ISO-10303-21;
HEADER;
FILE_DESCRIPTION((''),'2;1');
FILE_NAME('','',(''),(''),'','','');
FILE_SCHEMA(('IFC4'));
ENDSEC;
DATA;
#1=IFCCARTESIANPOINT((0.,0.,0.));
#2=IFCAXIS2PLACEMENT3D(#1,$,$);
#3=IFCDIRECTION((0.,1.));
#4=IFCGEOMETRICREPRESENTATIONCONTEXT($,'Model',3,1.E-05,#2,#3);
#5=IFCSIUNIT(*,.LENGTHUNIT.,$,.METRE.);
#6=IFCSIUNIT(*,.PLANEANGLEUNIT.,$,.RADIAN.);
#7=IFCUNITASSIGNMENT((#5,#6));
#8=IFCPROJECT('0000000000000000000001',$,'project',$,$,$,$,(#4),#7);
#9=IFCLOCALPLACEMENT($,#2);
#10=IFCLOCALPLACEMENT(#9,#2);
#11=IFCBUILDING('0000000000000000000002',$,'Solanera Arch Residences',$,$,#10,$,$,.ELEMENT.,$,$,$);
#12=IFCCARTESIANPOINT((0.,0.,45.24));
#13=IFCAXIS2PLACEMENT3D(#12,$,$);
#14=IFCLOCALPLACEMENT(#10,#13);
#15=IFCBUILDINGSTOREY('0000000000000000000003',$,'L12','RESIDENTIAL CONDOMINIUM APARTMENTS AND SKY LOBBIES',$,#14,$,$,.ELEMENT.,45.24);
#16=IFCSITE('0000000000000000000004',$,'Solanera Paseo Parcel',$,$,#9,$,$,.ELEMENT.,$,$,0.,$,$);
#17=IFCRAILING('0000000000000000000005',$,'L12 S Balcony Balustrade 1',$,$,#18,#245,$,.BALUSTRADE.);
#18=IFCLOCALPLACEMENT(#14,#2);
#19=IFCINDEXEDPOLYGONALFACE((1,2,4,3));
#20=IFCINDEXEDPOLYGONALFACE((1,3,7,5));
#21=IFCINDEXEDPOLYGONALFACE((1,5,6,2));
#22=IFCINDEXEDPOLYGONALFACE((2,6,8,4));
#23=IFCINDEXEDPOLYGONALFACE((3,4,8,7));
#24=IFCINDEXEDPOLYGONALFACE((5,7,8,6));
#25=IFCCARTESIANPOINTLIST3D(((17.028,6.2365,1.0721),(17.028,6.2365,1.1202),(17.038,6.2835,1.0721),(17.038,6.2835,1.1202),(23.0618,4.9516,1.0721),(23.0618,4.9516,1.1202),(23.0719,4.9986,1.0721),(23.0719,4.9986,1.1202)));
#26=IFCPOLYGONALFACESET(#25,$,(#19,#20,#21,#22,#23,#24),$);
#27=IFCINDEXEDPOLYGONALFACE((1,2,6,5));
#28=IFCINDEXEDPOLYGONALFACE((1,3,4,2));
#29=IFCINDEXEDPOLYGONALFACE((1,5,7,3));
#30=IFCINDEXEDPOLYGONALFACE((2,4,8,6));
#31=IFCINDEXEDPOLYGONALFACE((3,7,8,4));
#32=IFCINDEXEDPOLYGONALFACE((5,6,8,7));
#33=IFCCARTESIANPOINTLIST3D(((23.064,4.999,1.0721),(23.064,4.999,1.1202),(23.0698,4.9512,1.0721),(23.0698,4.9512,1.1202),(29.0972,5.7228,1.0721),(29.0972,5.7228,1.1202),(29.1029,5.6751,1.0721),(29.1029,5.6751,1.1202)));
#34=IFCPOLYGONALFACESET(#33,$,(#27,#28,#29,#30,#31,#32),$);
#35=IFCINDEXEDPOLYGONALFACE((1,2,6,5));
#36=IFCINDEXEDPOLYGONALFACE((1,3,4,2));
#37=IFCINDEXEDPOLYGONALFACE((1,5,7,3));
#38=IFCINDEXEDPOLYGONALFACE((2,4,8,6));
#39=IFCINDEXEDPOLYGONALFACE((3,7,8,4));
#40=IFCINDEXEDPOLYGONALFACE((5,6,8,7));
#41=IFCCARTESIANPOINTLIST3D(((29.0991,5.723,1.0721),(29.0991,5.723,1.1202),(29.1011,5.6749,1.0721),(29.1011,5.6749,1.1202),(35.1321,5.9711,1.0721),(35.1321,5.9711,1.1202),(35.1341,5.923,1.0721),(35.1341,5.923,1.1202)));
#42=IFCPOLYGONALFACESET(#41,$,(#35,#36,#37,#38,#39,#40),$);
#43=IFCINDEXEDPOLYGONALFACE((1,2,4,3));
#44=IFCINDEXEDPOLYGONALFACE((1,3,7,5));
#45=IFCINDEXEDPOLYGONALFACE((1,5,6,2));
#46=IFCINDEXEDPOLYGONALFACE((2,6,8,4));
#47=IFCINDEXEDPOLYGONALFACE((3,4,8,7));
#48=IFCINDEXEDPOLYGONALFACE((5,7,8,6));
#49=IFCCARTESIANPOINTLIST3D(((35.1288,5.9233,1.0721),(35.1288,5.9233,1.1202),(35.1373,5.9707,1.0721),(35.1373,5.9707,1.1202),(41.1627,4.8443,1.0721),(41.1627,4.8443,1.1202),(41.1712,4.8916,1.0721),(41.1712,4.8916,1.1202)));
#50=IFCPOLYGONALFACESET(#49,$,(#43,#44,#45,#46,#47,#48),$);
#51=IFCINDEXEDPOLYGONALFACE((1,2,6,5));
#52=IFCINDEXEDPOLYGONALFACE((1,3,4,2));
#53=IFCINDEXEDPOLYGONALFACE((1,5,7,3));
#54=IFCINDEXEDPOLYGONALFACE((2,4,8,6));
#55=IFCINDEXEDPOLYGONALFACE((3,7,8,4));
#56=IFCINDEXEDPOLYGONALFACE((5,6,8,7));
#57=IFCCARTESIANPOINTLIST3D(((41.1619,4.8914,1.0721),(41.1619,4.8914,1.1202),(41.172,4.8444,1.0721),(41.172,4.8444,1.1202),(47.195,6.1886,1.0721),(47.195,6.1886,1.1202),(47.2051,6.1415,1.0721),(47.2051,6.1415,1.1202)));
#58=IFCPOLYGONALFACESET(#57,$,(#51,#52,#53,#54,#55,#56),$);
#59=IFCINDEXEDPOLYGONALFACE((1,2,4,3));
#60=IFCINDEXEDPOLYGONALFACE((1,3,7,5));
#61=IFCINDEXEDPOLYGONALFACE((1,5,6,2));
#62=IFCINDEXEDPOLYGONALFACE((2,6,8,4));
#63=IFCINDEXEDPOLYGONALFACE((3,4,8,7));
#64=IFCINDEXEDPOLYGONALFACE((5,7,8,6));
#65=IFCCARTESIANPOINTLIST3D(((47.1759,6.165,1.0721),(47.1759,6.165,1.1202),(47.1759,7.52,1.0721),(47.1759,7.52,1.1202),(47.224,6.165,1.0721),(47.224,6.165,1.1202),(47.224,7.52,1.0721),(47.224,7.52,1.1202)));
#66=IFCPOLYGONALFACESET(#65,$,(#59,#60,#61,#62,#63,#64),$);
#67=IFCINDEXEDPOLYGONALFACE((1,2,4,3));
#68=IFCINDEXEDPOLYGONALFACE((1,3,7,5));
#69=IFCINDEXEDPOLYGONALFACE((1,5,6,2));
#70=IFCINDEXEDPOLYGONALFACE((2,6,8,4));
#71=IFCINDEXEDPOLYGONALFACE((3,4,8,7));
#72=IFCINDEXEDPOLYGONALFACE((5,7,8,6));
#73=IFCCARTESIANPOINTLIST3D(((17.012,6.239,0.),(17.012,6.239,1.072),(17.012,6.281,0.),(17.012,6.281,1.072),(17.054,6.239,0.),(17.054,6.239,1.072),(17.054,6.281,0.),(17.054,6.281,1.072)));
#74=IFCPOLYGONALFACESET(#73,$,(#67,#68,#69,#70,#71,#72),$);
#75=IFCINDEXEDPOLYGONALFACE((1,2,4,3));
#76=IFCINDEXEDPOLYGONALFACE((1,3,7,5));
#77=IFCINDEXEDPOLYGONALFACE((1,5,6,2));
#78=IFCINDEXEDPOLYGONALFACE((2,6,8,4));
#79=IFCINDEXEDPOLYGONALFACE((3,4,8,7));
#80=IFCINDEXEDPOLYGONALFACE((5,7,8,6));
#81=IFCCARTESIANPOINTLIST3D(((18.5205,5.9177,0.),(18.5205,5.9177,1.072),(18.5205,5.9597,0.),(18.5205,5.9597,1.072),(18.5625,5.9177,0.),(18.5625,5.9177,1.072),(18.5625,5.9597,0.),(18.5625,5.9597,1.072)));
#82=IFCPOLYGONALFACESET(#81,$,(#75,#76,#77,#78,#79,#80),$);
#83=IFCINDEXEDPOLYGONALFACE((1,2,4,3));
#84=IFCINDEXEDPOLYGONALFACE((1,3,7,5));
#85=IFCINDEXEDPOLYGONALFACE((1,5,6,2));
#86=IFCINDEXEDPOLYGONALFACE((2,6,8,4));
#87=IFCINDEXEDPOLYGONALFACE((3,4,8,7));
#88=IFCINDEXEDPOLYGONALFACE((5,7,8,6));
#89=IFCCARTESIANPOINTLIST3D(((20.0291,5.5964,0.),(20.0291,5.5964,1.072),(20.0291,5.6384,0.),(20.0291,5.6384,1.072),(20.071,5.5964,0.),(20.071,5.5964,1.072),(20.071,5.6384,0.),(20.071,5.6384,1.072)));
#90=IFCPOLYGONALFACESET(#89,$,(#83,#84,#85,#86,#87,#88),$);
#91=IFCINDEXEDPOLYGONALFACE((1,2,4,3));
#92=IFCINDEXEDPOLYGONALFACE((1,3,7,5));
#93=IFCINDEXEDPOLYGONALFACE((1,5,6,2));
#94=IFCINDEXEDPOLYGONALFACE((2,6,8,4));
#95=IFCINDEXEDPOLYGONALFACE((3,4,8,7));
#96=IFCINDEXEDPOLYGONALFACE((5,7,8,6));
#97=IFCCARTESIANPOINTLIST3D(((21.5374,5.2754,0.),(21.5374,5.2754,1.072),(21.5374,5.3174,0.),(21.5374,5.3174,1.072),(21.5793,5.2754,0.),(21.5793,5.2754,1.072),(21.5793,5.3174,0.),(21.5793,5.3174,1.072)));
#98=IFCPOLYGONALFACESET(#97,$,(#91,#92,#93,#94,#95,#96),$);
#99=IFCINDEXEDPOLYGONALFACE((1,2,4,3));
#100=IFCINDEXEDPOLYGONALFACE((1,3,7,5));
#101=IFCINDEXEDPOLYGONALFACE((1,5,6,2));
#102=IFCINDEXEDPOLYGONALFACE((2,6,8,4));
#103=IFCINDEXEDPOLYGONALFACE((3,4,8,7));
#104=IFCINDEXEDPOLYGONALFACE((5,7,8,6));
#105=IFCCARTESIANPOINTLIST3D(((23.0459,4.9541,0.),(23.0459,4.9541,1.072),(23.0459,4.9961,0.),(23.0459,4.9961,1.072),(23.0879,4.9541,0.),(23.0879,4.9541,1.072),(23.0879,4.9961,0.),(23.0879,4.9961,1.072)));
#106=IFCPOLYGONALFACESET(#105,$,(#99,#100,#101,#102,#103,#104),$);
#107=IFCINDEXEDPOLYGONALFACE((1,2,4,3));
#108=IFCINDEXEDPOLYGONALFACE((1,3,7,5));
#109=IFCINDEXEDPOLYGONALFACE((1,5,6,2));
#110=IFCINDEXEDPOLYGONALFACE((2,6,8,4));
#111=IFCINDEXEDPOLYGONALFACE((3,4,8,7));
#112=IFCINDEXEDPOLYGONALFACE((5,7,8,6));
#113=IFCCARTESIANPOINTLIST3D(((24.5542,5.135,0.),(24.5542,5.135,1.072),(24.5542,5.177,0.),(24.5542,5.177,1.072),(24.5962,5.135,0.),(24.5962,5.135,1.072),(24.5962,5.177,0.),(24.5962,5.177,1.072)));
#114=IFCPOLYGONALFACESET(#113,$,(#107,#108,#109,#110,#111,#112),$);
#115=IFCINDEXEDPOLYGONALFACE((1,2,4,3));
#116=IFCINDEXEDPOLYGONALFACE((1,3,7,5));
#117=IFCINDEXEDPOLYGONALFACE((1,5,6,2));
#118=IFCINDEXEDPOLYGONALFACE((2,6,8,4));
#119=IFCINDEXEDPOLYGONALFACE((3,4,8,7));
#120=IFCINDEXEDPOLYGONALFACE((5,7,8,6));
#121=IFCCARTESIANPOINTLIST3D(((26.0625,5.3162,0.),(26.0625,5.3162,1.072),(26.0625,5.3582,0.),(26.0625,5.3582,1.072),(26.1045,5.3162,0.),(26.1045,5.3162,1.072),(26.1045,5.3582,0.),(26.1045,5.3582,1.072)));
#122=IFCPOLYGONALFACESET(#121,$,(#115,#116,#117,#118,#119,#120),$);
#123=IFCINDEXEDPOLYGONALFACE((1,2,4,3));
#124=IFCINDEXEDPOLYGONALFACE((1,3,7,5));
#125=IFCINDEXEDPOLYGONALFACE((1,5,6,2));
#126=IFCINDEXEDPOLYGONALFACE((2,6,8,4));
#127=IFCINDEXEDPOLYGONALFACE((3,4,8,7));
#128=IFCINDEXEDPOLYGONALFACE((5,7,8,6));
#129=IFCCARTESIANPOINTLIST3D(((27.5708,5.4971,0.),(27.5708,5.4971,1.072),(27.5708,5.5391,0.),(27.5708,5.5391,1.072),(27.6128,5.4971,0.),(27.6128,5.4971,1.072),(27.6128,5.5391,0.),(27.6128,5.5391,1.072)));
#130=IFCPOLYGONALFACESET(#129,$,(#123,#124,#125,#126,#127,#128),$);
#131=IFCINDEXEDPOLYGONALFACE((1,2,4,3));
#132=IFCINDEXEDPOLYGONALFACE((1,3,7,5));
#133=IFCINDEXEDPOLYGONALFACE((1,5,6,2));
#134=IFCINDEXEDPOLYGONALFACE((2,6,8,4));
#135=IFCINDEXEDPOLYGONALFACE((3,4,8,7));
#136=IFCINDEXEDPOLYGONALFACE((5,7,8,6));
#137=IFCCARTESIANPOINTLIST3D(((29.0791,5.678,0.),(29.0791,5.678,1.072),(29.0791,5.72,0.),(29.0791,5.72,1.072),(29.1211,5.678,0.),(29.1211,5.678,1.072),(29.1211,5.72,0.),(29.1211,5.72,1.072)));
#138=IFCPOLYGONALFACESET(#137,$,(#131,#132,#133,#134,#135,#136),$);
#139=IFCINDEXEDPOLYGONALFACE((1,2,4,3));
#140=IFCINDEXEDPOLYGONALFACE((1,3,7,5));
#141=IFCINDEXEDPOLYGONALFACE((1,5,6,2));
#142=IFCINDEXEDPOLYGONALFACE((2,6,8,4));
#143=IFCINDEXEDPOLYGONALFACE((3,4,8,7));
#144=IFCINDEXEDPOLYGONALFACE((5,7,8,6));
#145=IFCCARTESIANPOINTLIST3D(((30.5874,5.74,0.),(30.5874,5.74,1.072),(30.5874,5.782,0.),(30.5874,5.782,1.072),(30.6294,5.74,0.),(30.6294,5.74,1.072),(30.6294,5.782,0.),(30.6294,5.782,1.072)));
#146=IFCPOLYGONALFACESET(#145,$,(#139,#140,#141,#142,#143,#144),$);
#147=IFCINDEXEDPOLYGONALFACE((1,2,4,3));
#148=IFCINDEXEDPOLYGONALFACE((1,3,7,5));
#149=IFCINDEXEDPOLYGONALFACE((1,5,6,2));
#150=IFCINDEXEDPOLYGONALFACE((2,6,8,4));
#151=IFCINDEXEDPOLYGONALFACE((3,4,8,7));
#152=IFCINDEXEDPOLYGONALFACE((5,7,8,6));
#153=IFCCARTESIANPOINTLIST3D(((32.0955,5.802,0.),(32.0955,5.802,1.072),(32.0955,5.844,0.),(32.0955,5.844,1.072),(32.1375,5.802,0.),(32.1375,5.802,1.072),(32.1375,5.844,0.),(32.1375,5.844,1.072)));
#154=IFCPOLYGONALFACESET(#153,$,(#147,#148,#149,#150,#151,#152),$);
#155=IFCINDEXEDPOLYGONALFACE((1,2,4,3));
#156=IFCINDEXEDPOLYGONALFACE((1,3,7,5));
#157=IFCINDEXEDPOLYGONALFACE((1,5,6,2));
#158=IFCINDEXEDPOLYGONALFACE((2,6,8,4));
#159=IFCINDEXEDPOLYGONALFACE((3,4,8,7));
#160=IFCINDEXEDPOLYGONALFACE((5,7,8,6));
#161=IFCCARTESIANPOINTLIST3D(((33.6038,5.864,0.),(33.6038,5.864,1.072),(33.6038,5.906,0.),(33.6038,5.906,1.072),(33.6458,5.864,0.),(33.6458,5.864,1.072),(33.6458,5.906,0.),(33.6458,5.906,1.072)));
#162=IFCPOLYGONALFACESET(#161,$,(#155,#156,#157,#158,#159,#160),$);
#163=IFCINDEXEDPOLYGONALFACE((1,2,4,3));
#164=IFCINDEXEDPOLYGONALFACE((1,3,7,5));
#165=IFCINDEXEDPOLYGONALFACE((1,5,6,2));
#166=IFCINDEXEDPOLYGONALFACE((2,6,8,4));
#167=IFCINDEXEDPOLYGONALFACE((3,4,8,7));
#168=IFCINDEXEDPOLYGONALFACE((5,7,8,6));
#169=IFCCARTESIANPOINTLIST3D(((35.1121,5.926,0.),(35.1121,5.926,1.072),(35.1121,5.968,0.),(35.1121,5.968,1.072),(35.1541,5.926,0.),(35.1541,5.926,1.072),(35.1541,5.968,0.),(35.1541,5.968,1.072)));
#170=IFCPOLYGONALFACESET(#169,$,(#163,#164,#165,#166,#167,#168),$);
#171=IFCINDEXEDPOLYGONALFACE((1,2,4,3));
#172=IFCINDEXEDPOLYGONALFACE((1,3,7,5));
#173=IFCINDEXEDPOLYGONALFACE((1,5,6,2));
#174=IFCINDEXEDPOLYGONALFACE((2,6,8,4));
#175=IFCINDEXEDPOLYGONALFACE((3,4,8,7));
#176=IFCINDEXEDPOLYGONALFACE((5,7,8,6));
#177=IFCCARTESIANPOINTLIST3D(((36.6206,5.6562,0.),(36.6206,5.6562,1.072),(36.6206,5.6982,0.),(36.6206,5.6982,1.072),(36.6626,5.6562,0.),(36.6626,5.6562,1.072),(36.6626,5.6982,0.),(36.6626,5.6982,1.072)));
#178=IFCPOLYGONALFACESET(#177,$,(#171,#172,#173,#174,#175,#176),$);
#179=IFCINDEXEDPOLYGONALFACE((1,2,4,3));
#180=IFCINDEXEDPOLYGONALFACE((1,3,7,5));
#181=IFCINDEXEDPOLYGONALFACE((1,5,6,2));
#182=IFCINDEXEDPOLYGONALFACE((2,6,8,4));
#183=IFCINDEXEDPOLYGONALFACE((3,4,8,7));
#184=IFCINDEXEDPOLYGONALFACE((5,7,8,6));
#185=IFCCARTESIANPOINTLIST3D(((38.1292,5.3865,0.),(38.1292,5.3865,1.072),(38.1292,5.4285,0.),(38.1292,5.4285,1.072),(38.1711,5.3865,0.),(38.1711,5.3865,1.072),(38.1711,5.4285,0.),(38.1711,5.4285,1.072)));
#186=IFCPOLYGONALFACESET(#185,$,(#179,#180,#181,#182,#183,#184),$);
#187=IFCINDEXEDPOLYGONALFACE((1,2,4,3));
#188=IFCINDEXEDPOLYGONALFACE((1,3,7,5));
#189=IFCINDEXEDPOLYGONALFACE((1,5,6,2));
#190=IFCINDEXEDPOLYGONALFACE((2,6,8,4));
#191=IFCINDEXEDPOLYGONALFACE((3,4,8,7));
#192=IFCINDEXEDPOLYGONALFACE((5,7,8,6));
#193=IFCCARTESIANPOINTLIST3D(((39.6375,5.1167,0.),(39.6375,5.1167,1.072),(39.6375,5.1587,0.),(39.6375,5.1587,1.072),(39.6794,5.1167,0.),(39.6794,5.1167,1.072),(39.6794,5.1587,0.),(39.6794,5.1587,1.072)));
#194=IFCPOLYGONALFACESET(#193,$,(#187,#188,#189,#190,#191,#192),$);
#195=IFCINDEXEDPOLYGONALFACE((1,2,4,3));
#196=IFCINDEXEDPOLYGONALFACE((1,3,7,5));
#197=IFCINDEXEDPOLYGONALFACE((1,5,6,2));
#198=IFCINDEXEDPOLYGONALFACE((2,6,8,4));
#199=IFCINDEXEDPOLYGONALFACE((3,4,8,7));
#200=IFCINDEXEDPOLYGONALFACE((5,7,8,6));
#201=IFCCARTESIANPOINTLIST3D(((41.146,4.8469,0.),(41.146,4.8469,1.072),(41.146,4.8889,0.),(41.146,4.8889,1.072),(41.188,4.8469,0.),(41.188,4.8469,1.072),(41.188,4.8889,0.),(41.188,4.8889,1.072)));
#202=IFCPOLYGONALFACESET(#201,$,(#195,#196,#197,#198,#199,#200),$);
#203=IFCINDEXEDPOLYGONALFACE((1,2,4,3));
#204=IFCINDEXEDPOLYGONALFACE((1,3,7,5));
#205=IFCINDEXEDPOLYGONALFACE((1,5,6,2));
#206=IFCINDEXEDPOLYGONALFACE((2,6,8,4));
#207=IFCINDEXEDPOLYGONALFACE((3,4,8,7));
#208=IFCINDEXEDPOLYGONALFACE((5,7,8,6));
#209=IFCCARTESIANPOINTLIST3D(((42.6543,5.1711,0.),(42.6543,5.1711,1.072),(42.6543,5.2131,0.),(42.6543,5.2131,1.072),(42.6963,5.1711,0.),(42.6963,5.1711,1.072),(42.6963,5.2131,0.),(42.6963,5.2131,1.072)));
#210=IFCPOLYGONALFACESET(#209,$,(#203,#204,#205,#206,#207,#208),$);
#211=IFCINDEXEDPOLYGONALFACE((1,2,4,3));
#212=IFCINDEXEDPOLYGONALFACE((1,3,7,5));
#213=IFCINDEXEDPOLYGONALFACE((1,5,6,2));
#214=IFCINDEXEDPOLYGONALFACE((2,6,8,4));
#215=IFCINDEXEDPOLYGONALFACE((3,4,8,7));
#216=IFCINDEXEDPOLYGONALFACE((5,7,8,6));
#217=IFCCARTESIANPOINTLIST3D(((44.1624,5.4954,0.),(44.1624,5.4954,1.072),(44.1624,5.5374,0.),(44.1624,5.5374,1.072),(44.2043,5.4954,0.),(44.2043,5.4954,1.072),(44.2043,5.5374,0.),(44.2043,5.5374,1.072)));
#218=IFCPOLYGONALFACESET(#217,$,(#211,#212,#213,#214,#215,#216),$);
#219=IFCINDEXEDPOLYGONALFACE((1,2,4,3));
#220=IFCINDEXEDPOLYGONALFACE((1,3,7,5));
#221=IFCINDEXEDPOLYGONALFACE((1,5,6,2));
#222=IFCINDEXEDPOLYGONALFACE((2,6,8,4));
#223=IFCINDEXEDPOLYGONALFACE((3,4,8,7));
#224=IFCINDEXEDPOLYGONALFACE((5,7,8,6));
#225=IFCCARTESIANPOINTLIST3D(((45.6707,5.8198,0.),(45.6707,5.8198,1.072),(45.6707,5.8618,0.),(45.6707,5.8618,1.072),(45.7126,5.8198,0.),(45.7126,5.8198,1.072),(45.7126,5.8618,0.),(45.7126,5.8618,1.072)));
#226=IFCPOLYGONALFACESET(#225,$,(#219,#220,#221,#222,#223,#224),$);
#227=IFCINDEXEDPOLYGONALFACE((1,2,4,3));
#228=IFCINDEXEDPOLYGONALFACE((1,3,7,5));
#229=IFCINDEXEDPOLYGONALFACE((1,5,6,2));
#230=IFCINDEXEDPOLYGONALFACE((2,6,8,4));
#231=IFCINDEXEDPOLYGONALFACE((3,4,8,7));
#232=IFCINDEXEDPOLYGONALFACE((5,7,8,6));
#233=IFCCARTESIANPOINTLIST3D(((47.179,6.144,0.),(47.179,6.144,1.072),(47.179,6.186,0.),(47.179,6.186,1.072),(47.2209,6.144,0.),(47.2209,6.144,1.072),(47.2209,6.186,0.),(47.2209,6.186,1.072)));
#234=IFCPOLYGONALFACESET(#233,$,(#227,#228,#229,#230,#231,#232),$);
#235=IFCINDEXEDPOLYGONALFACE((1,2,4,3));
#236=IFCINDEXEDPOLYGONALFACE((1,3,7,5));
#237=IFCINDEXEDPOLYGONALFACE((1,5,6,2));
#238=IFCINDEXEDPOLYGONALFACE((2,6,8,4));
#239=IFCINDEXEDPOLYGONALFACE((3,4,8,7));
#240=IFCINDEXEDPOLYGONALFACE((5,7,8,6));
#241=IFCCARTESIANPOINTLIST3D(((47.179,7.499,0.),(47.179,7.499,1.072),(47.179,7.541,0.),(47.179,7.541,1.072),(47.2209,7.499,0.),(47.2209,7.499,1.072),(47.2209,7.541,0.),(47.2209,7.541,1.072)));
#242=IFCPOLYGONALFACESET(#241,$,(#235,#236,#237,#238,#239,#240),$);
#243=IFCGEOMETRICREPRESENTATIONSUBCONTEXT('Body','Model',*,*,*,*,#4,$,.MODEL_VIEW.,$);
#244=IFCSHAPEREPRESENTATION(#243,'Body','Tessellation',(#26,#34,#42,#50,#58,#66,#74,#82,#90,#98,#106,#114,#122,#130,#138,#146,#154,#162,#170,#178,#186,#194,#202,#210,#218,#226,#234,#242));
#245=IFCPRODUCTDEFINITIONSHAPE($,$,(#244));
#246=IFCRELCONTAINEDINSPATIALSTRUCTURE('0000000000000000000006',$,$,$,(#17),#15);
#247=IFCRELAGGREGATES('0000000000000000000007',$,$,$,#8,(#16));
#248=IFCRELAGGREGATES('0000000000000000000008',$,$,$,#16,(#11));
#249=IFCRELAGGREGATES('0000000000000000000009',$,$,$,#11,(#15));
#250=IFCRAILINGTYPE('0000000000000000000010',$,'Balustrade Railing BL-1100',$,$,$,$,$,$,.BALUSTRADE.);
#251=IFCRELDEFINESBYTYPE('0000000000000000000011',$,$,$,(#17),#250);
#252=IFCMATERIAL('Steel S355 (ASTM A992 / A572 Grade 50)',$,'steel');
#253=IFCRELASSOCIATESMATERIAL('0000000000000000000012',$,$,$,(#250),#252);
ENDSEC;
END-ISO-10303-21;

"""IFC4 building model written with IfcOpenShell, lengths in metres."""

from ifc_helpers import new_model, si_unit, direction, frame, origin, origin_2d, place, context, subcontext, project, spatial, rectangle, extrude, material, type_object, element, save


model = new_model("IFC4")

# Units and contexts
model_context = context("Model", 3, precision=1e-05, world=origin(), true_north=direction((0.0, 1.0)))
body_context = subcontext(model_context, "Body", "Model", "MODEL_VIEW")
ifc_project = project(units=[si_unit("LENGTHUNIT", "METRE"), si_unit("PLANEANGLEUNIT", "RADIAN")], contexts=[model_context])

# Site, building, storey
site_placement = place(None, origin())
site = spatial("IfcSite", under=ifc_project, at=site_placement, Name="Solanera Paseo Parcel", CompositionType="ELEMENT", RefElevation=0.0)
building_placement = place(site_placement, origin())
building = spatial("IfcBuilding", under=site, at=building_placement, Name="Solanera Arch Residences", CompositionType="ELEMENT")
storey_placement = place(building_placement, frame((0.0, 0.0, 45.24)))
storey = spatial("IfcBuildingStorey", under=building, at=storey_placement, Name="L12", Description="RESIDENTIAL CONDOMINIUM APARTMENTS AND SKY LOBBIES", CompositionType="ELEMENT", Elevation=45.24)

# Railing
ifc_material_1 = material(Name="Steel S355 (ASTM A992 / A572 Grade 50)", Category="steel")
railing_type = type_object("IfcRailingType", Name="Balustrade Railing BL-1100", PredefinedType="BALUSTRADE", material=ifc_material_1)
railing_placement = place(storey_placement, frame((17.033, 6.26, 0.0)))
element("IfcRailing", 1, at=railing_placement, inside=storey, type_object=railing_type, Name="L12 S Balcony Balustrade 1", PredefinedType="BALUSTRADE", context=body_context, shape_type="SweptSolid", body=[
    extrude(rectangle(XDim=0.0481, YDim=0.0481, at=origin_2d()), frame((0.0, 0.0, 1.0962), z_axis=(0.97807, -0.208278, 0.0), x_axis=(0.208278, 0.97807, 0.0)), (0.0, 0.0, 1.0), 6.1692),
    extrude(rectangle(XDim=0.0481, YDim=0.0481, at=origin_2d()), frame((6.0339, -1.2849, 1.0962), z_axis=(0.992879, 0.119128, 0.0), x_axis=(-0.119128, 0.992879, 0.0)), (0.0, 0.0, 1.0), 6.0764),
    extrude(rectangle(XDim=0.0481, YDim=0.0481, at=origin_2d()), frame((12.0671, -0.561, 1.0962), z_axis=(0.999156, 0.041081, 0.0), x_axis=(-0.041081, 0.999156, 0.0)), (0.0, 0.0, 1.0), 6.0381),
    extrude(rectangle(XDim=0.0481, YDim=0.0481, at=origin_2d()), frame((18.1001, -0.313, 1.0962), z_axis=(0.984382, -0.176046, 0.0), x_axis=(0.176046, 0.984382, 0.0)), (0.0, 0.0, 1.0), 6.1296),
    extrude(rectangle(XDim=0.0481, YDim=0.0481, at=origin_2d()), frame((24.134, -1.3921, 1.0962), z_axis=(0.977658, 0.210202, 0.0), x_axis=(-0.210202, 0.977658, 0.0)), (0.0, 0.0, 1.0), 6.1709),
    extrude(rectangle(XDim=0.0481, YDim=0.0481, at=origin_2d()), frame((30.167, -0.095, 1.0962), z_axis=(0.0, 1.0, 0.0), x_axis=(-1.0, 0.0, 0.0)), (0.0, 0.0, 1.0), 1.355),
    extrude(rectangle(XDim=0.042, YDim=0.042, at=origin_2d()), origin(), (0.0, 0.0, 1.0), 1.072),
    extrude(rectangle(XDim=0.042, YDim=0.042, at=origin_2d()), frame((1.5085, -0.3213, 0.0)), (0.0, 0.0, 1.0), 1.072),
    extrude(rectangle(XDim=0.042, YDim=0.042, at=origin_2d()), frame((3.0171, -0.6426, 0.0)), (0.0, 0.0, 1.0), 1.072),
    extrude(rectangle(XDim=0.042, YDim=0.042, at=origin_2d()), frame((4.5254, -0.9636, 0.0)), (0.0, 0.0, 1.0), 1.072),
    extrude(rectangle(XDim=0.042, YDim=0.042, at=origin_2d()), frame((6.0339, -1.2849, 0.0)), (0.0, 0.0, 1.0), 1.072),
    extrude(rectangle(XDim=0.042, YDim=0.042, at=origin_2d()), frame((7.5422, -1.104, 0.0)), (0.0, 0.0, 1.0), 1.072),
    extrude(rectangle(XDim=0.042, YDim=0.042, at=origin_2d()), frame((9.0505, -0.9229, 0.0)), (0.0, 0.0, 1.0), 1.072),
    extrude(rectangle(XDim=0.042, YDim=0.042, at=origin_2d()), frame((10.5588, -0.7419, 0.0)), (0.0, 0.0, 1.0), 1.072),
    extrude(rectangle(XDim=0.042, YDim=0.042, at=origin_2d()), frame((12.0671, -0.561, 0.0)), (0.0, 0.0, 1.0), 1.072),
    extrude(rectangle(XDim=0.042, YDim=0.042, at=origin_2d()), frame((13.5754, -0.499, 0.0)), (0.0, 0.0, 1.0), 1.072),
    extrude(rectangle(XDim=0.042, YDim=0.042, at=origin_2d()), frame((15.0835, -0.437, 0.0)), (0.0, 0.0, 1.0), 1.072),
    extrude(rectangle(XDim=0.042, YDim=0.042, at=origin_2d()), frame((16.5918, -0.375, 0.0)), (0.0, 0.0, 1.0), 1.072),
    extrude(rectangle(XDim=0.042, YDim=0.042, at=origin_2d()), frame((18.1001, -0.313, 0.0)), (0.0, 0.0, 1.0), 1.072),
    extrude(rectangle(XDim=0.042, YDim=0.042, at=origin_2d()), frame((19.6086, -0.5828, 0.0)), (0.0, 0.0, 1.0), 1.072),
    extrude(rectangle(XDim=0.042, YDim=0.042, at=origin_2d()), frame((21.1172, -0.8525, 0.0)), (0.0, 0.0, 1.0), 1.072),
    extrude(rectangle(XDim=0.042, YDim=0.042, at=origin_2d()), frame((22.6255, -1.1223, 0.0)), (0.0, 0.0, 1.0), 1.072),
    extrude(rectangle(XDim=0.042, YDim=0.042, at=origin_2d()), frame((24.134, -1.3921, 0.0)), (0.0, 0.0, 1.0), 1.072),
    extrude(rectangle(XDim=0.042, YDim=0.042, at=origin_2d()), frame((25.6423, -1.0679, 0.0)), (0.0, 0.0, 1.0), 1.072),
    extrude(rectangle(XDim=0.042, YDim=0.042, at=origin_2d()), frame((27.1504, -0.7437, 0.0)), (0.0, 0.0, 1.0), 1.072),
    extrude(rectangle(XDim=0.042, YDim=0.042, at=origin_2d()), frame((28.6587, -0.4192, 0.0)), (0.0, 0.0, 1.0), 1.072),
    extrude(rectangle(XDim=0.042, YDim=0.042, at=origin_2d()), frame((30.167, -0.095, 0.0)), (0.0, 0.0, 1.0), 1.072),
    extrude(rectangle(XDim=0.042, YDim=0.042, at=origin_2d()), frame((30.167, 1.26, 0.0)), (0.0, 0.0, 1.0), 1.072),
])

save(model, "model.ifc")
